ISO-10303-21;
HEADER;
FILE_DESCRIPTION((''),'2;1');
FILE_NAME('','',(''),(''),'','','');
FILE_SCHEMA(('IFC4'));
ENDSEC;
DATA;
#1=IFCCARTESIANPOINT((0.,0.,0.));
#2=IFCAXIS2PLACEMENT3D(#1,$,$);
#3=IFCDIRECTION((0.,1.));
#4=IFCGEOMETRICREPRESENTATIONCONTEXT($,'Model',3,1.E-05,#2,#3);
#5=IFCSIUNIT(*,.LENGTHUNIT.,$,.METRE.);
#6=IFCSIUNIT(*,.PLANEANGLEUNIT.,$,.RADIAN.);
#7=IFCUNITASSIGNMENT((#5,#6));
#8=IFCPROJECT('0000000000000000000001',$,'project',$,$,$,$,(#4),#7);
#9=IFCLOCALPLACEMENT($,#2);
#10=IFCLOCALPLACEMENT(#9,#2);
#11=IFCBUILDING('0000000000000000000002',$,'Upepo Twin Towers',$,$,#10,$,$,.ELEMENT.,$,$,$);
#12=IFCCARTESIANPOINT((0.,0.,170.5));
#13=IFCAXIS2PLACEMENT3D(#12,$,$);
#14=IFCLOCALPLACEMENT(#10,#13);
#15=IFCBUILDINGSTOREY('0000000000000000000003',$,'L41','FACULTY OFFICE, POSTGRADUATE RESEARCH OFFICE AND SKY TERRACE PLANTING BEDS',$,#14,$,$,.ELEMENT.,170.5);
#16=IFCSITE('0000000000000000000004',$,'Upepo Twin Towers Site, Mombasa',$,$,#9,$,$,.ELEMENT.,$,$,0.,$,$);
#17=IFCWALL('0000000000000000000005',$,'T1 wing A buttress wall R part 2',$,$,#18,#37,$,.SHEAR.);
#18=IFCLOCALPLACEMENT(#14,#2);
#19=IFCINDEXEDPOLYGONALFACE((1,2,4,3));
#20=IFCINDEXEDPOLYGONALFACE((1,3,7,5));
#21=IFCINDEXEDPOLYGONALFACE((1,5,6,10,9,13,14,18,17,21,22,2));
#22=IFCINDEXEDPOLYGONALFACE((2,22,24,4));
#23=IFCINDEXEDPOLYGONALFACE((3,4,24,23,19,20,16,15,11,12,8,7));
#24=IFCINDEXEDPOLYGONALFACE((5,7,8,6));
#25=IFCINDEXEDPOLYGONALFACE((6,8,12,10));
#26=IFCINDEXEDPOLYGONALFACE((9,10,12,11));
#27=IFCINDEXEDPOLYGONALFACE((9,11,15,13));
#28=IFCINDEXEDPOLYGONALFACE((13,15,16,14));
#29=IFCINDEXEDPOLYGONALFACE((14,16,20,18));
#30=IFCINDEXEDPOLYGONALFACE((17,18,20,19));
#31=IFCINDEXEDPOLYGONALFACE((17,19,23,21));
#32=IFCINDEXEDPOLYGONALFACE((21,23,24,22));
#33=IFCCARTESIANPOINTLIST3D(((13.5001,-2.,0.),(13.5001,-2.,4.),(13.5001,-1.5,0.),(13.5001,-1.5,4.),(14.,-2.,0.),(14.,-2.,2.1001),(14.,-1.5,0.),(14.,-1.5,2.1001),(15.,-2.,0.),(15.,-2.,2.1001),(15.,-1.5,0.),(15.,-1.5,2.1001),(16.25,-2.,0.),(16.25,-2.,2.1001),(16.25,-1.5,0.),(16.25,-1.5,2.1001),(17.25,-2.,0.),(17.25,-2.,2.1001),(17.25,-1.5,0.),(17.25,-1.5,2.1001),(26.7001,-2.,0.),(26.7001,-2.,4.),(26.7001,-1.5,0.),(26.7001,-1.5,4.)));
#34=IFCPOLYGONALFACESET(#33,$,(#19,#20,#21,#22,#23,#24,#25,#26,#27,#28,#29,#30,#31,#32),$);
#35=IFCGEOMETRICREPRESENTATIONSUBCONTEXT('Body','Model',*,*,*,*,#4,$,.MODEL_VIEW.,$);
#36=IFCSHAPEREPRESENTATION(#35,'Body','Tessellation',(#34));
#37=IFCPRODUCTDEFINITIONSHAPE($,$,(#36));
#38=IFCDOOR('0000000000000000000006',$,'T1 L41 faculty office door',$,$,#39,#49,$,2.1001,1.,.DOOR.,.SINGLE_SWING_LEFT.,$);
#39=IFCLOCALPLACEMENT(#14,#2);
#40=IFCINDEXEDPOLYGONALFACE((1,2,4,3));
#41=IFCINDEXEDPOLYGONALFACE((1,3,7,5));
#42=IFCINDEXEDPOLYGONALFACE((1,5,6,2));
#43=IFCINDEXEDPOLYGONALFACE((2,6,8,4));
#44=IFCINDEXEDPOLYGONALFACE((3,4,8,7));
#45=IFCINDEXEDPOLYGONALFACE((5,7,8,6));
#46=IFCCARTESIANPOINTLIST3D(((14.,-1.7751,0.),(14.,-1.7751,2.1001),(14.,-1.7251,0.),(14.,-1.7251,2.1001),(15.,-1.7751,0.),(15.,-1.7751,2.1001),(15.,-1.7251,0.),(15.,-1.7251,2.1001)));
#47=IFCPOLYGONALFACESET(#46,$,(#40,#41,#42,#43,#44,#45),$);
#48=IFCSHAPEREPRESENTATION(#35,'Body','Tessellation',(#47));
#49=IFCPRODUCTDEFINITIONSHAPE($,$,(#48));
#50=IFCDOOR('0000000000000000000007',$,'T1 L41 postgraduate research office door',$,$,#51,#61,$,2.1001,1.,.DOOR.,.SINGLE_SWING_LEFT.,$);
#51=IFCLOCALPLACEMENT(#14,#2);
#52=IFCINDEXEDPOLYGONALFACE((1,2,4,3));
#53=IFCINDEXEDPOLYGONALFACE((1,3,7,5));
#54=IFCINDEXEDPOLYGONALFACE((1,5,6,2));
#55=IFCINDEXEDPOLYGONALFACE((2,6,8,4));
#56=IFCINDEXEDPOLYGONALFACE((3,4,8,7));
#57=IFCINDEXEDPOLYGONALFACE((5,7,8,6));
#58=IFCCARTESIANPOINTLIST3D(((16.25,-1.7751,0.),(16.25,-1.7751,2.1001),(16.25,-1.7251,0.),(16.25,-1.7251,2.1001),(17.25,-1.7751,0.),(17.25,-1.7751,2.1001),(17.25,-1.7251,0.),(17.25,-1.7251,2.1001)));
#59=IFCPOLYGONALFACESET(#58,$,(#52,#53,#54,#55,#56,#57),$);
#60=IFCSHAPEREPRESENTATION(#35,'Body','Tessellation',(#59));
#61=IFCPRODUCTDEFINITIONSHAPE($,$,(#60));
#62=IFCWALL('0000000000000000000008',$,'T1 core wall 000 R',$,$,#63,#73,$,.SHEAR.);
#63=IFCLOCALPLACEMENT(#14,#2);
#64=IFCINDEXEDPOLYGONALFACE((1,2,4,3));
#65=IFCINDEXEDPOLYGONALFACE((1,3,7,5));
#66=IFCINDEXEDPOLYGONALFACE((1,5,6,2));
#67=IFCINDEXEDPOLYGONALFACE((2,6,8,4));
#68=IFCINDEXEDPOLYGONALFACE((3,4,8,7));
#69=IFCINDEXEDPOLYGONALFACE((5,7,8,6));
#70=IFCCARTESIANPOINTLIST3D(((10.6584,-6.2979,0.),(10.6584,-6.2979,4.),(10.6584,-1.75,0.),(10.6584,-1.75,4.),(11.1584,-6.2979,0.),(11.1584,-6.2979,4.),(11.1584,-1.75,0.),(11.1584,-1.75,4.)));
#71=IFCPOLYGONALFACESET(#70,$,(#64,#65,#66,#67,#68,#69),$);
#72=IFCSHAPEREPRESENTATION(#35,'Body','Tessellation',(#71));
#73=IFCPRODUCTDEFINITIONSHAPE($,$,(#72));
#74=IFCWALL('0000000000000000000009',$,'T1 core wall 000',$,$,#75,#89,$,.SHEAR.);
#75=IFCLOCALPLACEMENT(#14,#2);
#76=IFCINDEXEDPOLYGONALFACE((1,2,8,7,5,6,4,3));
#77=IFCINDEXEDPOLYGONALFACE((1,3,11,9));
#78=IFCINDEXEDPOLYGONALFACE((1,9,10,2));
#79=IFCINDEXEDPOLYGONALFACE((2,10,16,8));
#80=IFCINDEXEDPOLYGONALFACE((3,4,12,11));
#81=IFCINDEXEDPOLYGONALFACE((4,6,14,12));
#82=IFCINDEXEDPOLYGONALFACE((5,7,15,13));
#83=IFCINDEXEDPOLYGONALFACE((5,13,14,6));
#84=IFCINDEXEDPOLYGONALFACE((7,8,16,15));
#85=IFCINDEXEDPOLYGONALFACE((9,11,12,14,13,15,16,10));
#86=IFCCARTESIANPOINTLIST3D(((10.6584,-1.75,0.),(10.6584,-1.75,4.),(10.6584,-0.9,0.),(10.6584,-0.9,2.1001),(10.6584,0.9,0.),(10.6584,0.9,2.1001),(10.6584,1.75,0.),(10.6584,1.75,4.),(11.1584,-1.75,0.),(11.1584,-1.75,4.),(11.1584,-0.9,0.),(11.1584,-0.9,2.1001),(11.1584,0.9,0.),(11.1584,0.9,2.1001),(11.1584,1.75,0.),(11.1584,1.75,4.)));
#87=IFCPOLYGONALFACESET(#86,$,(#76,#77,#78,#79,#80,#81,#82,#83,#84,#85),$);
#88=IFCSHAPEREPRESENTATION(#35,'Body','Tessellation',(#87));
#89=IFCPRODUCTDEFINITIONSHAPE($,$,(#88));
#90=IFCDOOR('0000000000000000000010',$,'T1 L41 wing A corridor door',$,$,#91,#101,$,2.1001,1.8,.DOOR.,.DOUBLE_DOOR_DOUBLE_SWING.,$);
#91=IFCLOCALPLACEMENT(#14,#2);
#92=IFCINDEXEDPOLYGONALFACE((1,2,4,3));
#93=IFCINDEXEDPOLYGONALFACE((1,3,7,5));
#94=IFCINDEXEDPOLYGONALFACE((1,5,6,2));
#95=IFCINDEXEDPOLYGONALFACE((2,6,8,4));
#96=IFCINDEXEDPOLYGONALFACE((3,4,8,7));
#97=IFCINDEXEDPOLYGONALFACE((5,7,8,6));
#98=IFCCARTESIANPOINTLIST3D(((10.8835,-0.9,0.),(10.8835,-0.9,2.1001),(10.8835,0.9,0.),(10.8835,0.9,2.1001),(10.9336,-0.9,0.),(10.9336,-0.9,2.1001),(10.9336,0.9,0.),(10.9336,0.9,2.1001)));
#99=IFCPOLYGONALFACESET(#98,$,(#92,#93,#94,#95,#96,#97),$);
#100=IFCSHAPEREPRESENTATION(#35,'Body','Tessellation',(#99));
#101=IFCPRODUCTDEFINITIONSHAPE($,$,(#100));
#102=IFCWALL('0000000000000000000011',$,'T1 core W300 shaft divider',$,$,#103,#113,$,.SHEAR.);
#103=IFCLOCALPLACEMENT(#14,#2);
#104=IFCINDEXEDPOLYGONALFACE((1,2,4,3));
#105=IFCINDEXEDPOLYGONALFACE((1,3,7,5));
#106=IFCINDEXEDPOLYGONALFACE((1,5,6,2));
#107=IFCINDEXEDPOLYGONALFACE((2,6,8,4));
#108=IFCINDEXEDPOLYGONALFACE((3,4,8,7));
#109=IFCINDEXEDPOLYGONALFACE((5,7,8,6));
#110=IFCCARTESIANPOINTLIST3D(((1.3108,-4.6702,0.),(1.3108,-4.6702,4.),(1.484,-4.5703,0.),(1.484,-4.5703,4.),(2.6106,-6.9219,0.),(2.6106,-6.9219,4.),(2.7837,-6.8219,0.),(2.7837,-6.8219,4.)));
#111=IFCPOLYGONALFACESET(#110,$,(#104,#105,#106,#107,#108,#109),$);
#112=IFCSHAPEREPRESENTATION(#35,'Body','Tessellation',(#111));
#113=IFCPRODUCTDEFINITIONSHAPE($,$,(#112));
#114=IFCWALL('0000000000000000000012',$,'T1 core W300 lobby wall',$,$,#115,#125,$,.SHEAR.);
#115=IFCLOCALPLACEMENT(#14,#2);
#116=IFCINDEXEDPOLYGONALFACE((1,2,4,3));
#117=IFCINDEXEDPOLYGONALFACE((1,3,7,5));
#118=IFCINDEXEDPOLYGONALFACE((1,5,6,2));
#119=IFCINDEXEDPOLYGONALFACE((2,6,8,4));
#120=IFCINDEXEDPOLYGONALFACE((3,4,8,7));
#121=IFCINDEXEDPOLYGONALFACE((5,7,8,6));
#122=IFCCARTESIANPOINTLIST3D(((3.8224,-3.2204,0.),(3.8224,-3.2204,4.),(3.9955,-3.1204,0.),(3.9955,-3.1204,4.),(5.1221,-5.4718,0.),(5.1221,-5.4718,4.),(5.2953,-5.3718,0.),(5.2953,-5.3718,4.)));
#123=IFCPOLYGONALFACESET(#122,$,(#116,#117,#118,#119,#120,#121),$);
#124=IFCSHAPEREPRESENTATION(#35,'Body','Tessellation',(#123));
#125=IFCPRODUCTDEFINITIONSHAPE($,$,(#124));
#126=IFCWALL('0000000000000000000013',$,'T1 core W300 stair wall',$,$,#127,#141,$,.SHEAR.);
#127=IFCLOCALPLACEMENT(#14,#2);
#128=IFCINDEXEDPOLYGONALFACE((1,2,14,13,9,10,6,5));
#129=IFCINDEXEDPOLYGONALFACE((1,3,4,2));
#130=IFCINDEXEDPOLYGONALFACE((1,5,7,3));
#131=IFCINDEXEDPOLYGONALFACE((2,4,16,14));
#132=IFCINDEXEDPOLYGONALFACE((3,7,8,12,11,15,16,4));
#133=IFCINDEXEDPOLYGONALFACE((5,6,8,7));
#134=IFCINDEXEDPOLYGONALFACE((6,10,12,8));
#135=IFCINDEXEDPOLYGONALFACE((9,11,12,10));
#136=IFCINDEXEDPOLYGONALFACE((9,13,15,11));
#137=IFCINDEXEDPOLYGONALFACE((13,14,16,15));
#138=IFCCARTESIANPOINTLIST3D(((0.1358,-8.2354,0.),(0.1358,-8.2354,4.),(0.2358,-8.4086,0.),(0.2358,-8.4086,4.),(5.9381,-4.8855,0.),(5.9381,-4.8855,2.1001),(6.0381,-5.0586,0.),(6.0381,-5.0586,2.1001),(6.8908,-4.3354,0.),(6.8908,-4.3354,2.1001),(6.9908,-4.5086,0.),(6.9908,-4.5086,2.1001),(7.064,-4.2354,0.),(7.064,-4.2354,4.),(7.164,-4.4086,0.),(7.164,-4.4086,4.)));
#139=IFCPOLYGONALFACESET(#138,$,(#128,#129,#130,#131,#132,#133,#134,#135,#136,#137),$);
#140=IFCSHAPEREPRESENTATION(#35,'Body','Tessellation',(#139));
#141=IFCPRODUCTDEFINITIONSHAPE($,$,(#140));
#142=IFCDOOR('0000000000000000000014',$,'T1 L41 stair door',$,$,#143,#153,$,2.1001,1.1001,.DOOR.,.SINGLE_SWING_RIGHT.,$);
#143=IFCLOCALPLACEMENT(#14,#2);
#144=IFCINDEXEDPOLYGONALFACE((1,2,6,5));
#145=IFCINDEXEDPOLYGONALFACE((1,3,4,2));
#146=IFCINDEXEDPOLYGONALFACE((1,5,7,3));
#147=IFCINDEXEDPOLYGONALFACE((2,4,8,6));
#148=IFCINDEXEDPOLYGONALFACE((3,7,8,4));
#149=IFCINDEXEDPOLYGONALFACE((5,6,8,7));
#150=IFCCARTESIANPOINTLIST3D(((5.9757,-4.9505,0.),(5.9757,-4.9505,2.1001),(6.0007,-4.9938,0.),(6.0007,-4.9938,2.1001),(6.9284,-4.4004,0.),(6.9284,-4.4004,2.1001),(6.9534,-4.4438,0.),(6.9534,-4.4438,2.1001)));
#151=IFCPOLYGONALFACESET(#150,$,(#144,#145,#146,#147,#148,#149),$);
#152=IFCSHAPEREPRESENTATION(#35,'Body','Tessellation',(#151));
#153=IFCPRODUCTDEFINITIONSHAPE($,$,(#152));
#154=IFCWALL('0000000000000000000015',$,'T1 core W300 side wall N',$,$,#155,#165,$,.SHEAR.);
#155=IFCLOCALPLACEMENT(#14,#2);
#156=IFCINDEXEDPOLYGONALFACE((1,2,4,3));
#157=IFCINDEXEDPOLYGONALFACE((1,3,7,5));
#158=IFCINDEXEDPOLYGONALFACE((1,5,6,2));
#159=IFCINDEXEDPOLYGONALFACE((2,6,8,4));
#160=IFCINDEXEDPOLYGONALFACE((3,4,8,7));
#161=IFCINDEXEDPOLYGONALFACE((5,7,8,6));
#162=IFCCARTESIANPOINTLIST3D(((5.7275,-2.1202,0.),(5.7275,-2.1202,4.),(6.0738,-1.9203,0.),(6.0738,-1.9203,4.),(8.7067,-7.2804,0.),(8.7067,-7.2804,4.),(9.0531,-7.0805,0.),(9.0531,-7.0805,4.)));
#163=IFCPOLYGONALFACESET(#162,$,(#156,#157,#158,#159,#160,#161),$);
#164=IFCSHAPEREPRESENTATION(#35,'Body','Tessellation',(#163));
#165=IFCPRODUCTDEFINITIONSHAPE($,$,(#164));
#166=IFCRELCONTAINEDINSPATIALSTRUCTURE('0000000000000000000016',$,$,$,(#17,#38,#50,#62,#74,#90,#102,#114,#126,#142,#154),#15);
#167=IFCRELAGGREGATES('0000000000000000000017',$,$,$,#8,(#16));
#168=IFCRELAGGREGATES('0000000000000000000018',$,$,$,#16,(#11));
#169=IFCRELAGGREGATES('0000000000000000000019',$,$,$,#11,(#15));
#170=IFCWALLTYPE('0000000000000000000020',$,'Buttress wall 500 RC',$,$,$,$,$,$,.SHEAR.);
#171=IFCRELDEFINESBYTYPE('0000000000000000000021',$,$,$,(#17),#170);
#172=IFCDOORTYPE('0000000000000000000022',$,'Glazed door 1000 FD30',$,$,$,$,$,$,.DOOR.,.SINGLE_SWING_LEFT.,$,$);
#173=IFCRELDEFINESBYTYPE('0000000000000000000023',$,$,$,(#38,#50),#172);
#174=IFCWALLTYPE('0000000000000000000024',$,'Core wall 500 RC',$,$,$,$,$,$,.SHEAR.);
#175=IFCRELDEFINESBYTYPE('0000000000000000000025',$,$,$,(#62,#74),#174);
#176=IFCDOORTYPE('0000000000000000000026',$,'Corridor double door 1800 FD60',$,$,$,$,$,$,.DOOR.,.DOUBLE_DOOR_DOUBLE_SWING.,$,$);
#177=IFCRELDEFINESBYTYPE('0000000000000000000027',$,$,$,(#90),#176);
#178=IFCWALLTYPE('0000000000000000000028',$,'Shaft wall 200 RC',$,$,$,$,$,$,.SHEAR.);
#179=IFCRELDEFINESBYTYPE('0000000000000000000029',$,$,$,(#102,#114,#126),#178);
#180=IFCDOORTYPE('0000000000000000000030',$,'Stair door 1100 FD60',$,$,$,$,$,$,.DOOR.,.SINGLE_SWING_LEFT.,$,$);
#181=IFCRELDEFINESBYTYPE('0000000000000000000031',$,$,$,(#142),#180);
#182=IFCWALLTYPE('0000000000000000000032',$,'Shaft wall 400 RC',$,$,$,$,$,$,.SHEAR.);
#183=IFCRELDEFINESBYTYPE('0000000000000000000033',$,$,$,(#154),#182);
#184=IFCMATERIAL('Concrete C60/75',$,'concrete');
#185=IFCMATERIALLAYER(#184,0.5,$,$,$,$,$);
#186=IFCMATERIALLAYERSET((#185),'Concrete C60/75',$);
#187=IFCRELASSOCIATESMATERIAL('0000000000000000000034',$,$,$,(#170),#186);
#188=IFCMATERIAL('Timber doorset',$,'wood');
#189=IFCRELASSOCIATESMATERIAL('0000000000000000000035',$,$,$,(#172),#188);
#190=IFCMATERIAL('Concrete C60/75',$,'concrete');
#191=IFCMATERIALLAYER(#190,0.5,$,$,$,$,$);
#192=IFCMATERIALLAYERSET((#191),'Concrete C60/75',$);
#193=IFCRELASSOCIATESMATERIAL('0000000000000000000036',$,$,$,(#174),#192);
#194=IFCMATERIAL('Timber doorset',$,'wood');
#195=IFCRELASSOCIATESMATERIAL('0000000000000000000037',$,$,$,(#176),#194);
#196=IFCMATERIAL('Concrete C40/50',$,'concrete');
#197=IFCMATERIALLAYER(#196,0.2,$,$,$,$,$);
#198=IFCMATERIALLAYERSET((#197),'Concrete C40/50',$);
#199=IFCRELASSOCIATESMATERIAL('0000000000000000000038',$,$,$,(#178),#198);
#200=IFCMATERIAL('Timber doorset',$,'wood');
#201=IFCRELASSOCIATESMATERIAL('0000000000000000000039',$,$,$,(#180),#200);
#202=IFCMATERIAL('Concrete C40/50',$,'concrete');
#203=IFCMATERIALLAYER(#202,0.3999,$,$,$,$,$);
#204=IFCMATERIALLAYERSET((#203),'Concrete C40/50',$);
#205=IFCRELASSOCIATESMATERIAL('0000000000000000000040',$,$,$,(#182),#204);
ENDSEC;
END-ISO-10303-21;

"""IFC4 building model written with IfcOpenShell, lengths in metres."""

from ifc_helpers import new_model, si_unit, direction, frame, frame_2d, origin, place, context, subcontext, project, spatial, rectangle, extrude, material, layer, layer_set, type_object, element, fill, save


model = new_model("IFC4")

# Units and contexts
model_context = context("Model", 3, precision=1e-05, world=origin(), true_north=direction((0.0, 1.0)))
body_context = subcontext(model_context, "Body", "Model", "MODEL_VIEW")
ifc_project = project(units=[si_unit("LENGTHUNIT", "METRE"), si_unit("PLANEANGLEUNIT", "RADIAN")], contexts=[model_context])

# Site, building, storey
site_placement = place(None, origin())
site = spatial("IfcSite", under=ifc_project, at=site_placement, Name="Upepo Twin Towers Site, Mombasa", CompositionType="ELEMENT", RefElevation=0.0)
building_placement = place(site_placement, origin())
building = spatial("IfcBuilding", under=site, at=building_placement, Name="Upepo Twin Towers", CompositionType="ELEMENT")
storey_placement = place(building_placement, frame((0.0, 0.0, 170.5)))
storey = spatial("IfcBuildingStorey", under=building, at=storey_placement, Name="L41", Description="FACULTY OFFICE, POSTGRADUATE RESEARCH OFFICE AND SKY TERRACE PLANTING BEDS", CompositionType="ELEMENT", Elevation=170.5)

# Wall, openings, doors
ifc_material_1 = material(Name="Concrete C60/75", Category="concrete")
ifc_layer_1 = layer(ifc_material_1, 0.5)
ifc_layer_set_1 = layer_set([ifc_layer_1], Name="Concrete C60/75")
wall_type_1 = type_object("IfcWallType", Name="Buttress wall 500 RC", PredefinedType="SHEAR", material=ifc_layer_set_1)
wall_1_placement = place(storey_placement, frame((13.5, -1.75, 0.0), z_axis=(0.0, 0.0, 1.0), x_axis=(1.0, 0.0, 0.0)))
wall_1 = element("IfcWall", 1, at=wall_1_placement, inside=storey, type_object=wall_type_1, Name="T1 wing A buttress wall R part 2", PredefinedType="SHEAR", context=body_context, shape_type="SweptSolid", body=[
    extrude(rectangle(XDim=13.2, YDim=0.5, at=frame_2d((6.6001, 0.0))), origin(), (0.0, 0.0, 1.0), 4.0),
])
opening_1_placement = place(wall_1_placement, frame((0.5, 0.0, 0.0)))
opening_1 = element("IfcOpeningElement", 2, at=opening_1_placement, cuts=wall_1, PredefinedType="OPENING", context=body_context, shape_type="SweptSolid", body=[
    extrude(rectangle(XDim=1.0, YDim=2.1001, at=frame_2d((0.5, 1.05))), frame((0.0, 0.26, 0.0), z_axis=(0.0, -1.0, 0.0), x_axis=(1.0, 0.0, 0.0)), (0.0, 0.0, 1.0), 0.52),
])
opening_2_placement = place(wall_1_placement, frame((2.75, 0.0, 0.0)))
opening_2 = element("IfcOpeningElement", 3, at=opening_2_placement, cuts=wall_1, PredefinedType="OPENING", context=body_context, shape_type="SweptSolid", body=[
    extrude(rectangle(XDim=1.0, YDim=2.1001, at=frame_2d((0.5, 1.05))), frame((0.0, 0.26, 0.0), z_axis=(0.0, -1.0, 0.0), x_axis=(1.0, 0.0, 0.0)), (0.0, 0.0, 1.0), 0.52),
])
ifc_material_2 = material(Name="Timber doorset", Category="wood")
door_type_1 = type_object("IfcDoorType", Name="Glazed door 1000 FD30", OperationType="SINGLE_SWING_LEFT", PredefinedType="DOOR", material=ifc_material_2)
door_1_placement = place(opening_1_placement, origin())
door_1 = element("IfcDoor", 4, at=door_1_placement, inside=storey, type_object=door_type_1, Name="T1 L41 faculty office door", OperationType="SINGLE_SWING_LEFT", OverallHeight=2.1001, OverallWidth=1.0, PredefinedType="DOOR", context=body_context, shape_type="SweptSolid", body=[
    extrude(rectangle(XDim=1.0, YDim=2.1001, at=frame_2d((0.5, 1.05))), frame((0.0, 0.0249, 0.0), z_axis=(0.0, -1.0, 0.0), x_axis=(1.0, 0.0, 0.0)), (0.0, 0.0, 1.0), 0.05),
])
fill(opening_1, door_1)
door_2_placement = place(opening_2_placement, origin())
door_2 = element("IfcDoor", 5, at=door_2_placement, inside=storey, type_object=door_type_1, Name="T1 L41 postgraduate research office door", OperationType="SINGLE_SWING_LEFT", OverallHeight=2.1001, OverallWidth=1.0, PredefinedType="DOOR", context=body_context, shape_type="SweptSolid", body=[
    extrude(rectangle(XDim=1.0, YDim=2.1001, at=frame_2d((0.5, 1.05))), frame((0.0, 0.0249, 0.0), z_axis=(0.0, -1.0, 0.0), x_axis=(1.0, 0.0, 0.0)), (0.0, 0.0, 1.0), 0.05),
])
fill(opening_2, door_2)

# Wall
ifc_material_3 = material(Name="Concrete C60/75", Category="concrete")
ifc_layer_2 = layer(ifc_material_3, 0.5)
ifc_layer_set_2 = layer_set([ifc_layer_2], Name="Concrete C60/75")
wall_type_2 = type_object("IfcWallType", Name="Core wall 500 RC", PredefinedType="SHEAR", material=ifc_layer_set_2)
wall_2_placement = place(storey_placement, frame((10.9084, -6.2979, 0.0), z_axis=(0.0, 0.0, 1.0), x_axis=(0.0, 1.0, 0.0)))
element("IfcWall", 6, at=wall_2_placement, inside=storey, type_object=wall_type_2, Name="T1 core wall 000 R", PredefinedType="SHEAR", context=body_context, shape_type="SweptSolid", body=[
    extrude(rectangle(XDim=4.5479, YDim=0.5, at=frame_2d((2.2739, 0.0))), origin(), (0.0, 0.0, 1.0), 4.0),
])

# Wall, opening, door
wall_3_placement = place(storey_placement, frame((10.9084, -1.75, 0.0), z_axis=(0.0, 0.0, 1.0), x_axis=(0.0, 1.0, 0.0)))
wall_3 = element("IfcWall", 7, at=wall_3_placement, inside=storey, type_object=wall_type_2, Name="T1 core wall 000", PredefinedType="SHEAR", context=body_context, shape_type="SweptSolid", body=[
    extrude(rectangle(XDim=3.5, YDim=0.5, at=frame_2d((1.75, 0.0))), origin(), (0.0, 0.0, 1.0), 4.0),
])
opening_3_placement = place(wall_3_placement, frame((0.8501, 0.0, 0.0)))
opening_3 = element("IfcOpeningElement", 8, at=opening_3_placement, cuts=wall_3, PredefinedType="OPENING", context=body_context, shape_type="SweptSolid", body=[
    extrude(rectangle(XDim=1.8, YDim=2.1001, at=frame_2d((0.8999, 1.05))), frame((0.0, 0.26, 0.0), z_axis=(0.0, -1.0, 0.0), x_axis=(1.0, 0.0, 0.0)), (0.0, 0.0, 1.0), 0.52),
])
ifc_material_4 = material(Name="Timber doorset", Category="wood")
door_type_2 = type_object("IfcDoorType", Name="Corridor double door 1800 FD60", OperationType="DOUBLE_DOOR_DOUBLE_SWING", PredefinedType="DOOR", material=ifc_material_4)
door_3_placement = place(opening_3_placement, origin())
door_3 = element("IfcDoor", 9, at=door_3_placement, inside=storey, type_object=door_type_2, Name="T1 L41 wing A corridor door", OperationType="DOUBLE_DOOR_DOUBLE_SWING", OverallHeight=2.1001, OverallWidth=1.8, PredefinedType="DOOR", context=body_context, shape_type="SweptSolid", body=[
    extrude(rectangle(XDim=1.8, YDim=2.1001, at=frame_2d((0.8999, 1.05))), frame((0.0, 0.0249, 0.0), z_axis=(0.0, -1.0, 0.0), x_axis=(1.0, 0.0, 0.0)), (0.0, 0.0, 1.0), 0.05),
])
fill(opening_3, door_3)

# Walls
ifc_material_5 = material(Name="Concrete C40/50", Category="concrete")
ifc_layer_3 = layer(ifc_material_5, 0.2)
ifc_layer_set_3 = layer_set([ifc_layer_3], Name="Concrete C40/50")
wall_type_3 = type_object("IfcWallType", Name="Shaft wall 200 RC", PredefinedType="SHEAR", material=ifc_layer_set_3)
wall_4_placement = place(storey_placement, frame((1.3975, -4.6204, 0.0), z_axis=(0.0, 0.0, 1.0), x_axis=(0.499937, -0.866062, 0.0)))
element("IfcWall", 10, at=wall_4_placement, inside=storey, type_object=wall_type_3, Name="T1 core W300 shaft divider", PredefinedType="SHEAR", context=body_context, shape_type="SweptSolid", body=[
    extrude(rectangle(XDim=2.5999, YDim=0.2, at=frame_2d((1.2998, 0.0))), origin(), (0.0, 0.0, 1.0), 4.0),
])
wall_5_placement = place(storey_placement, frame((3.9089, -3.1704, 0.0), z_axis=(0.0, 0.0, 1.0), x_axis=(0.499977, -0.866039, 0.0)))
element("IfcWall", 11, at=wall_5_placement, inside=storey, type_object=wall_type_3, Name="T1 core W300 lobby wall", PredefinedType="SHEAR", context=body_context, shape_type="SweptSolid", body=[
    extrude(rectangle(XDim=2.5996, YDim=0.2, at=frame_2d((1.2998, 0.0))), origin(), (0.0, 0.0, 1.0), 4.0),
])

# Wall, opening, door
wall_6_placement = place(storey_placement, frame((0.1858, -8.322, 0.0), z_axis=(0.0, 0.0, 1.0), x_axis=(0.866026, 0.499999, 0.0)))
wall_6 = element("IfcWall", 12, at=wall_6_placement, inside=storey, type_object=wall_type_3, Name="T1 core W300 stair wall", PredefinedType="SHEAR", context=body_context, shape_type="SweptSolid", body=[
    extrude(rectangle(XDim=8.0, YDim=0.2, at=frame_2d((4.0, 0.0))), origin(), (0.0, 0.0, 1.0), 4.0),
])
opening_4_placement = place(wall_6_placement, frame((6.7, 0.0, 0.0)))
opening_4 = element("IfcOpeningElement", 13, at=opening_4_placement, cuts=wall_6, PredefinedType="OPENING", context=body_context, shape_type="SweptSolid", body=[
    extrude(rectangle(XDim=1.1001, YDim=2.1001, at=frame_2d((0.55, 1.05))), frame((0.0, 0.1099, 0.0), z_axis=(0.0, -1.0, 0.0), x_axis=(1.0, 0.0, 0.0)), (0.0, 0.0, 1.0), 0.22),
])
ifc_material_6 = material(Name="Timber doorset", Category="wood")
door_type_3 = type_object("IfcDoorType", Name="Stair door 1100 FD60", OperationType="SINGLE_SWING_LEFT", PredefinedType="DOOR", material=ifc_material_6)
door_4_placement = place(opening_4_placement, origin())
door_4 = element("IfcDoor", 14, at=door_4_placement, inside=storey, type_object=door_type_3, Name="T1 L41 stair door", OperationType="SINGLE_SWING_RIGHT", OverallHeight=2.1001, OverallWidth=1.1001, PredefinedType="DOOR", context=body_context, shape_type="SweptSolid", body=[
    extrude(rectangle(XDim=1.1001, YDim=2.1001, at=frame_2d((0.55, 1.05))), frame((0.0, 0.0249, 0.0), z_axis=(0.0, -1.0, 0.0), x_axis=(1.0, 0.0, 0.0)), (0.0, 0.0, 1.0), 0.05),
])
fill(opening_4, door_4)

# Wall
ifc_material_7 = material(Name="Concrete C40/50", Category="concrete")
ifc_layer_4 = layer(ifc_material_7, 0.3999)
ifc_layer_set_4 = layer_set([ifc_layer_4], Name="Concrete C40/50")
wall_type_4 = type_object("IfcWallType", Name="Shaft wall 400 RC", PredefinedType="SHEAR", material=ifc_layer_set_4)
wall_7_placement = place(storey_placement, frame((5.9006, -2.0203, 0.0), z_axis=(0.0, 0.0, 1.0), x_axis=(0.500004, -0.866023, 0.0)))
element("IfcWall", 15, at=wall_7_placement, inside=storey, type_object=wall_type_4, Name="T1 core W300 side wall N", PredefinedType="SHEAR", context=body_context, shape_type="SweptSolid", body=[
    extrude(rectangle(XDim=5.9585, YDim=0.3999, at=frame_2d((2.9792, 0.0))), origin(), (0.0, 0.0, 1.0), 4.0),
])

save(model, "model.ifc")
